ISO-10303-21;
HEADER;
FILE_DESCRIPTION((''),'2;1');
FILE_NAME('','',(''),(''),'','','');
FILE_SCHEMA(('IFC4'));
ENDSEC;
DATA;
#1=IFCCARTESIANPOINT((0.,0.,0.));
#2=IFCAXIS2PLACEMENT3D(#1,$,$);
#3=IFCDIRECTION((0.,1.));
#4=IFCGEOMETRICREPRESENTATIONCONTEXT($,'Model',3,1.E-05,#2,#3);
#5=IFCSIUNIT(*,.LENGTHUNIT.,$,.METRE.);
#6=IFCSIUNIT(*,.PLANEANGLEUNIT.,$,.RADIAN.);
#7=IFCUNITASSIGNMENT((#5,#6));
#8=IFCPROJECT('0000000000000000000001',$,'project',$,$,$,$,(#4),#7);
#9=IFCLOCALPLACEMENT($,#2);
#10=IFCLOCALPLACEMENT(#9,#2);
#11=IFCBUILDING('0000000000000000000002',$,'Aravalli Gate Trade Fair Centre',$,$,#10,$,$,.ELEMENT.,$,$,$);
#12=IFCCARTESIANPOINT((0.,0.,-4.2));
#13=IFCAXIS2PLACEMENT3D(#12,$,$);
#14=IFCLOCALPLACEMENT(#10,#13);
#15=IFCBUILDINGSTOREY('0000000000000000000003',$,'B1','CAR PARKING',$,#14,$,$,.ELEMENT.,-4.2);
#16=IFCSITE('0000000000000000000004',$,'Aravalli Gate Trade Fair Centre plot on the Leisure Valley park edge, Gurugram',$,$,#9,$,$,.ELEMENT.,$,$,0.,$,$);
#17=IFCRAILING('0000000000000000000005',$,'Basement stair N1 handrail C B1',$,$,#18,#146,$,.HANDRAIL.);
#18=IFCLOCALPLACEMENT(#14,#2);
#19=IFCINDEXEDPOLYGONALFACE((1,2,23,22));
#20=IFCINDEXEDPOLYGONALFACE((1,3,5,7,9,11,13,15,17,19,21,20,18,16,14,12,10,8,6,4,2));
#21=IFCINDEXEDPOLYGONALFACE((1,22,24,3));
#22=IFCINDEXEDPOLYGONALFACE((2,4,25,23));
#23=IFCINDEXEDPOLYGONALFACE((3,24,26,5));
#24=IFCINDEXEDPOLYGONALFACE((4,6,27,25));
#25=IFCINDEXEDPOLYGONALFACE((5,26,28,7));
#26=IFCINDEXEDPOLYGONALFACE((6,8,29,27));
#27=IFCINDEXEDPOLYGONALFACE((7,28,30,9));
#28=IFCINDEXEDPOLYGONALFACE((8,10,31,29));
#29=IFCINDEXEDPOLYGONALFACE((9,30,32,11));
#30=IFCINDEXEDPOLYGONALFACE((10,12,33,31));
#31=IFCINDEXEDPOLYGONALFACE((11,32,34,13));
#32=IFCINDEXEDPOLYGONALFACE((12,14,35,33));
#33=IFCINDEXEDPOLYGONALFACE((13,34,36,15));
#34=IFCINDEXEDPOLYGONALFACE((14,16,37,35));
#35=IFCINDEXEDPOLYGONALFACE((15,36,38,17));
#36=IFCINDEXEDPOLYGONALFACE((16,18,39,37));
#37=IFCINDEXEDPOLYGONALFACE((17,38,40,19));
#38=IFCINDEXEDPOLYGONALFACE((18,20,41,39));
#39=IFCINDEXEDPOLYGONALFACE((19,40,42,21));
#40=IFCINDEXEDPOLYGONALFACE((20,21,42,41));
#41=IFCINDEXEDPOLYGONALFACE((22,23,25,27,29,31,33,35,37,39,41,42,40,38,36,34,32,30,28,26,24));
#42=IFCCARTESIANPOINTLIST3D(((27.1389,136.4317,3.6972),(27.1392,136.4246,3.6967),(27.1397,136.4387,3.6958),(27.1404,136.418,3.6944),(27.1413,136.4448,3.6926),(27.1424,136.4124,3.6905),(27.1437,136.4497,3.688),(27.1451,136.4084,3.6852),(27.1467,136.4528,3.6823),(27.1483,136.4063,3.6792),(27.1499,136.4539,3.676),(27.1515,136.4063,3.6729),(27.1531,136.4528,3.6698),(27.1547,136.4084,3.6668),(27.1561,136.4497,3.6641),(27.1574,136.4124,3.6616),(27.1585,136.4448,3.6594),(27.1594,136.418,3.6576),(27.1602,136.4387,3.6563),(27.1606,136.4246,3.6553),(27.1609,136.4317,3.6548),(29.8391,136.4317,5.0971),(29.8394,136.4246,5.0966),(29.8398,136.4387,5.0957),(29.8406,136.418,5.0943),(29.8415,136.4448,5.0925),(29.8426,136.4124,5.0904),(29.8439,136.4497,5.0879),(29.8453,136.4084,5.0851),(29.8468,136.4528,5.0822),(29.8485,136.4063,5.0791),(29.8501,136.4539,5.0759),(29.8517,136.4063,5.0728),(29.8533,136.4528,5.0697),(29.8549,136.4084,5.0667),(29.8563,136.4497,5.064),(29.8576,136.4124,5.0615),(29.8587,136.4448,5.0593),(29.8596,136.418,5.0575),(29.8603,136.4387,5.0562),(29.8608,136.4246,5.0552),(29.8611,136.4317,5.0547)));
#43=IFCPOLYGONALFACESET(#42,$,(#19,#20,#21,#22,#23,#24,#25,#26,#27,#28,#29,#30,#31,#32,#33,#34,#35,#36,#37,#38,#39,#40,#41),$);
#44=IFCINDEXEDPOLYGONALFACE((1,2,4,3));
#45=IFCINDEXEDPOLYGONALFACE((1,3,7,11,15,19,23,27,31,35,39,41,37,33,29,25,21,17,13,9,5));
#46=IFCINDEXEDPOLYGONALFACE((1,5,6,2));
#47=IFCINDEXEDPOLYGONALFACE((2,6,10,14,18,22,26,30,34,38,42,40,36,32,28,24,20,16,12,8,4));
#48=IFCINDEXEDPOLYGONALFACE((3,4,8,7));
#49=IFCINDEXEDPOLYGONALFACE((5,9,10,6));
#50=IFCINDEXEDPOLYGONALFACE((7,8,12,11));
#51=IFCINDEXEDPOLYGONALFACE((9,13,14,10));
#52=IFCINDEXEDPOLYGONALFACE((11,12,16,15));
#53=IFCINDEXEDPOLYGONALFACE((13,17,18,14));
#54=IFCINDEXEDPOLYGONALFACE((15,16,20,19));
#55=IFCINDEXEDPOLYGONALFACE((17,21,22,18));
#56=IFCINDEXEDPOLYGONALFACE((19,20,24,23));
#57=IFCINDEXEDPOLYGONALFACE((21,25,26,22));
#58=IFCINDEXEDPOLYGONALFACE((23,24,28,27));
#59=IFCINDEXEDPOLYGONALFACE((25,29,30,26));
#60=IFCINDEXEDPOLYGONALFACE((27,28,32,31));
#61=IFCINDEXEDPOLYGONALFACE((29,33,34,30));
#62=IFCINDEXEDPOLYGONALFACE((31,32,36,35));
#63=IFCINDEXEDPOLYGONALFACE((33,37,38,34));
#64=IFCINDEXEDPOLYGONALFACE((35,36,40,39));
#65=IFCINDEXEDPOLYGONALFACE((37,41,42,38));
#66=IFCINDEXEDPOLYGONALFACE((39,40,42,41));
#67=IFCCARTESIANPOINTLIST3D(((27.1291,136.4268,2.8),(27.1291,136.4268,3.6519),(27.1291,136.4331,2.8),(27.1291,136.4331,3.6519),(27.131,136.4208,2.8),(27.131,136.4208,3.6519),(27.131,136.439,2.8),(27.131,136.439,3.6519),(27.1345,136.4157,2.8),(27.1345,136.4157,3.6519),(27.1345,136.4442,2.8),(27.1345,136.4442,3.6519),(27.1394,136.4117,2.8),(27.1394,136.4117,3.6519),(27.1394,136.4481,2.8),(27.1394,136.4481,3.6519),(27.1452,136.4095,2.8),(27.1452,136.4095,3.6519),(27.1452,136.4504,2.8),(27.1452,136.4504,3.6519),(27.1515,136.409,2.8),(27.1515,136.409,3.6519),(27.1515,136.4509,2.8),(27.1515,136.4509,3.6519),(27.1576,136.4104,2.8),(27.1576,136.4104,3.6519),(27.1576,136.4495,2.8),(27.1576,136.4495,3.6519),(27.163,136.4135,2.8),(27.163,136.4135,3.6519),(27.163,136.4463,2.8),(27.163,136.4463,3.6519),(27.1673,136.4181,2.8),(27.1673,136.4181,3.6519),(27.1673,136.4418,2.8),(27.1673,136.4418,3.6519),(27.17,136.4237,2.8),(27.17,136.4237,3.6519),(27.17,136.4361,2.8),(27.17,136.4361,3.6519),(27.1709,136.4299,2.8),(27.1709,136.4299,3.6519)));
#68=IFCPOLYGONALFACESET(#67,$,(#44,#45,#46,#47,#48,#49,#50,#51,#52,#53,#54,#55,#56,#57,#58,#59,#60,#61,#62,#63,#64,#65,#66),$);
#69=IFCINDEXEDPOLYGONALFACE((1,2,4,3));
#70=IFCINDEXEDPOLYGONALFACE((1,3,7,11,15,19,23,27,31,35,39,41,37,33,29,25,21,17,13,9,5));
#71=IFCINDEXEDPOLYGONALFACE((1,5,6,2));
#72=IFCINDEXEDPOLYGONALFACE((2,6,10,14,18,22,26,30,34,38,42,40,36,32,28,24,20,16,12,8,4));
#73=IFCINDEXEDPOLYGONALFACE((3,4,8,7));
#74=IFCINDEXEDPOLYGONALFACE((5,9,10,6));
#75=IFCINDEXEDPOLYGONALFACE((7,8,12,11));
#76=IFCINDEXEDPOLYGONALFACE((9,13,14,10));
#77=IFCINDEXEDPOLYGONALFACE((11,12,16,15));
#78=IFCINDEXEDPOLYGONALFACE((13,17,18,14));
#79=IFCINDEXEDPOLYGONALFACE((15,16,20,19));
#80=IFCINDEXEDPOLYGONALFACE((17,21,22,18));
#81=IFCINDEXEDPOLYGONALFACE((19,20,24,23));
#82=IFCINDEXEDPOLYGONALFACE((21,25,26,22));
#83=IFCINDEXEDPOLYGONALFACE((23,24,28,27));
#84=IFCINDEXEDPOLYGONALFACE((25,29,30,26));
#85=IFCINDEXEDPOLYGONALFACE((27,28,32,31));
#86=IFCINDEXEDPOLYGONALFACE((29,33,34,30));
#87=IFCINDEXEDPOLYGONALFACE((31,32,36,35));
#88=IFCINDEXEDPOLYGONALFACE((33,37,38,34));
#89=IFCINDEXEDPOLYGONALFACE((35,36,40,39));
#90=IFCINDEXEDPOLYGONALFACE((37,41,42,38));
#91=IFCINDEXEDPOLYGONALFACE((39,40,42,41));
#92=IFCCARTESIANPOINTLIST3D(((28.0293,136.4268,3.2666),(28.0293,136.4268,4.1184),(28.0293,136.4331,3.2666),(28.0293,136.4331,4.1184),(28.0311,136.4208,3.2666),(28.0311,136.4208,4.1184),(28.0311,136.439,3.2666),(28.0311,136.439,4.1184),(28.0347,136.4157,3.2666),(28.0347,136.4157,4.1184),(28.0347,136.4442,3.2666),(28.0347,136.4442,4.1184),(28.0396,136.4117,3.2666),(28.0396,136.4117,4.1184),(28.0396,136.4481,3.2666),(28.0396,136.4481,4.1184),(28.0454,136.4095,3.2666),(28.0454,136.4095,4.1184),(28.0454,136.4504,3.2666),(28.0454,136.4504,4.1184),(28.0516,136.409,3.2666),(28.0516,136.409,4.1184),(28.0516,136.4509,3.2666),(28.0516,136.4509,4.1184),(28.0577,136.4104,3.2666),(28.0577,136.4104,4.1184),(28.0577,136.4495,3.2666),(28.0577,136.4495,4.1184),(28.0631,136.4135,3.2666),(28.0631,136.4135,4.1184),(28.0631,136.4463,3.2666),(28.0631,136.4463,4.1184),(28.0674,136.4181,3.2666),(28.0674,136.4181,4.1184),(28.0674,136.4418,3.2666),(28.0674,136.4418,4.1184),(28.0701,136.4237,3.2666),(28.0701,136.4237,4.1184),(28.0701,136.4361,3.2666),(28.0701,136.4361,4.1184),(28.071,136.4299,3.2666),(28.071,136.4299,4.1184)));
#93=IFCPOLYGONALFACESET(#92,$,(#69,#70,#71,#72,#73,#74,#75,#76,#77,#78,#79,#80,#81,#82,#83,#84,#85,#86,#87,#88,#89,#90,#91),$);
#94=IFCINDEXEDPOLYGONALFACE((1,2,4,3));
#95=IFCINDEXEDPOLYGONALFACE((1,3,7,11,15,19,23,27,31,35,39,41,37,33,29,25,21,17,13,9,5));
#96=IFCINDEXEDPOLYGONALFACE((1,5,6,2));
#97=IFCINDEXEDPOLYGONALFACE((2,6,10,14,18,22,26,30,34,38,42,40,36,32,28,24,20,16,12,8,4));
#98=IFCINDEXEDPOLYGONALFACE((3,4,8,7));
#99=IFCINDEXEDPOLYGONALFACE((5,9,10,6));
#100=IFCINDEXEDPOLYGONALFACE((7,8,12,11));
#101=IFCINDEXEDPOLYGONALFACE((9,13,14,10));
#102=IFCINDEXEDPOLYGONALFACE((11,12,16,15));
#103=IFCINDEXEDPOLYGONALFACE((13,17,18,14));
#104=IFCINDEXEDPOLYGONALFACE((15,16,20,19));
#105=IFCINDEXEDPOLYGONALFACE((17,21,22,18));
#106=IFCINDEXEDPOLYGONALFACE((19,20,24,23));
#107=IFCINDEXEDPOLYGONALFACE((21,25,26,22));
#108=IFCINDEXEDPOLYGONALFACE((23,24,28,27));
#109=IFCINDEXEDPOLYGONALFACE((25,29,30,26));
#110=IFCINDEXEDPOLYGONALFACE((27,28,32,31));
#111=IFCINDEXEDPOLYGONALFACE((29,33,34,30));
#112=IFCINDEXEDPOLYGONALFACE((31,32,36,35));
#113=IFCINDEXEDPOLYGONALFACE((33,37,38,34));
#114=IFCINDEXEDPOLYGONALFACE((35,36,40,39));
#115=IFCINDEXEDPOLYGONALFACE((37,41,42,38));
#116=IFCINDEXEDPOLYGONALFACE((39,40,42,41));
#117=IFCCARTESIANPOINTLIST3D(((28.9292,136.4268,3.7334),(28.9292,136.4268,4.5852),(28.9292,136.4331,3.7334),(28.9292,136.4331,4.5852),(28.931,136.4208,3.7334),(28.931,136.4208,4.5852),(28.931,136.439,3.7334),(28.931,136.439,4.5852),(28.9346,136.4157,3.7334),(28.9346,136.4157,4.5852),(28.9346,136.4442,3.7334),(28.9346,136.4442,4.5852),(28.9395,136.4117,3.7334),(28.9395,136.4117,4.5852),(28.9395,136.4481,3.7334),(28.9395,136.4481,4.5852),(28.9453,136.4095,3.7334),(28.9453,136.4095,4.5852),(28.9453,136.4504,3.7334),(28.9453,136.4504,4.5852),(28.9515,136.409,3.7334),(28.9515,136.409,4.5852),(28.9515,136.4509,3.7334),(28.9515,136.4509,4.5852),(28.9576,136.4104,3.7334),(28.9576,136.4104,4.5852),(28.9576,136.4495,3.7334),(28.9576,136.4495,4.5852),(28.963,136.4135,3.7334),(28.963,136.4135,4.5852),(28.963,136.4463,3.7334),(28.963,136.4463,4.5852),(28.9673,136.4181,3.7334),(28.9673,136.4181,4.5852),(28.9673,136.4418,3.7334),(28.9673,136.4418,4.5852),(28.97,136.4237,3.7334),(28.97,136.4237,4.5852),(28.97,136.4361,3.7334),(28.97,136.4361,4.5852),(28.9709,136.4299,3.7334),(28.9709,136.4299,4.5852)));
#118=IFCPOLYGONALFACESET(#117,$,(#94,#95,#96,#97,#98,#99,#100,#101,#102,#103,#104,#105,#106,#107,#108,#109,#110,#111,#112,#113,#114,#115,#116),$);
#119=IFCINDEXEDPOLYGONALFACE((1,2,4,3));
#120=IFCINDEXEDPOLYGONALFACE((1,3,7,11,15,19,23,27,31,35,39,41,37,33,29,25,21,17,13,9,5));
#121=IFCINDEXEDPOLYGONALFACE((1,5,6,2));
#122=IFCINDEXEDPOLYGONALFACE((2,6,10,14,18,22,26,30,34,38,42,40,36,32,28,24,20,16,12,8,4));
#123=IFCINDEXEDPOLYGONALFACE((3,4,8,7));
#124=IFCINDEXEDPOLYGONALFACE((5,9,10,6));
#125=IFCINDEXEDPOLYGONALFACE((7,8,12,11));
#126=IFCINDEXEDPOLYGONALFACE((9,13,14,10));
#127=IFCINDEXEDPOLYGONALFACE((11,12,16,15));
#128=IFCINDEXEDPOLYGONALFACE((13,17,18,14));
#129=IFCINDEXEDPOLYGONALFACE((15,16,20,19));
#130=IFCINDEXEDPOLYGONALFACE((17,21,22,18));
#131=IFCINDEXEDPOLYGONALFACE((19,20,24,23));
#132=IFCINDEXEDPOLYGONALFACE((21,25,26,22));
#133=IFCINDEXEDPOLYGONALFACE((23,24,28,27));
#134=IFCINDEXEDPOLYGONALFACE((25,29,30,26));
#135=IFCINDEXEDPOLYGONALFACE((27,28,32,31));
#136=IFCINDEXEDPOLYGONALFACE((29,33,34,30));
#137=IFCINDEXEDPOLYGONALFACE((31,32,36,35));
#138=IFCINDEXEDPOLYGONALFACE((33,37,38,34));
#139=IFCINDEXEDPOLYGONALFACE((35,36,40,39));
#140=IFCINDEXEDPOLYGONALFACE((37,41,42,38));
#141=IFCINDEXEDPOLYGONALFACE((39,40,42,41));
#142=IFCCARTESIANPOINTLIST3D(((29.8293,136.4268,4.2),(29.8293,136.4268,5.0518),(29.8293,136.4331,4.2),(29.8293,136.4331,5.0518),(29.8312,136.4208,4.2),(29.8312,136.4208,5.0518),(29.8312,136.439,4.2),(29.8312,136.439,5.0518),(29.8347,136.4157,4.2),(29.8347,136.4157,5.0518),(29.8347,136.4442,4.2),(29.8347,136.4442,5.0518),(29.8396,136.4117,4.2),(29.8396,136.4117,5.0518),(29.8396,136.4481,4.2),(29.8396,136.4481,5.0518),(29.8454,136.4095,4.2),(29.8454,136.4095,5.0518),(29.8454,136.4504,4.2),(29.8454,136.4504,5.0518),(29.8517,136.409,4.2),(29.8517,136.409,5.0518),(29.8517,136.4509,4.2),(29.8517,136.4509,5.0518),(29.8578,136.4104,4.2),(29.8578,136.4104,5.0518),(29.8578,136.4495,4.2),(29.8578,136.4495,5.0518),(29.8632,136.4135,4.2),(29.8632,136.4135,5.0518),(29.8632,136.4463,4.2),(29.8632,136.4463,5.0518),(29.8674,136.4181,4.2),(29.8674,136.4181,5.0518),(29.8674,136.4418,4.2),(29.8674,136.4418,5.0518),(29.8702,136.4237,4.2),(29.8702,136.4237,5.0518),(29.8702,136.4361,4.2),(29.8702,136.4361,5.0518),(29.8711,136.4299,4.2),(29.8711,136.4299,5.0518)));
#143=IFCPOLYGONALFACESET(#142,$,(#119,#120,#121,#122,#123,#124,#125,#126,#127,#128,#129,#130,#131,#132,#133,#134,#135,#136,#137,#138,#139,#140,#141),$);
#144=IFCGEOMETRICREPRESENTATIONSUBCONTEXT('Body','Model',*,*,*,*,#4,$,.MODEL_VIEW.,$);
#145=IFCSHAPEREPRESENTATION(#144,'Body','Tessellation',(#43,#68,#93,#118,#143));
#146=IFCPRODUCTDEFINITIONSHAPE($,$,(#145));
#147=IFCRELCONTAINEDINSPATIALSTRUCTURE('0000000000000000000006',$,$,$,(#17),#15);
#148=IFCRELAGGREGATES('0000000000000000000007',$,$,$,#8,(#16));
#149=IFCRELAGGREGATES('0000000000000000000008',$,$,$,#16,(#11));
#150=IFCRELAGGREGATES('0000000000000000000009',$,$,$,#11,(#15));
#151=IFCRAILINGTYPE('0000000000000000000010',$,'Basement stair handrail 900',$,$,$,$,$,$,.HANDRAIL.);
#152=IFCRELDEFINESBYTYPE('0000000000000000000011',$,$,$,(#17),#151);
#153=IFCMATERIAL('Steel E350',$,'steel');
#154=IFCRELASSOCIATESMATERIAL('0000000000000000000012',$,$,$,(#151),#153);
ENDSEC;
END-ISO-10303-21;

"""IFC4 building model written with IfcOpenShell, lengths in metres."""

from ifc_helpers import new_model, si_unit, direction, frame, origin, origin_2d, place, context, subcontext, project, spatial, circle, extrude, material, type_object, element, save


model = new_model("IFC4")

# Units and contexts
model_context = context("Model", 3, precision=1e-05, world=origin(), true_north=direction((0.0, 1.0)))
body_context = subcontext(model_context, "Body", "Model", "MODEL_VIEW")
ifc_project = project(units=[si_unit("LENGTHUNIT", "METRE"), si_unit("PLANEANGLEUNIT", "RADIAN")], contexts=[model_context])

# Site, building, storey
site_placement = place(None, origin())
site = spatial("IfcSite", under=ifc_project, at=site_placement, Name="Aravalli Gate Trade Fair Centre plot on the Leisure Valley park edge, Gurugram", CompositionType="ELEMENT", RefElevation=0.0)
building_placement = place(site_placement, origin())
building = spatial("IfcBuilding", under=site, at=building_placement, Name="Aravalli Gate Trade Fair Centre", CompositionType="ELEMENT")
storey_placement = place(building_placement, frame((0.0, 0.0, -4.2)))
storey = spatial("IfcBuildingStorey", under=building, at=storey_placement, Name="B1", Description="CAR PARKING", CompositionType="ELEMENT", Elevation=-4.2)

# Railing
ifc_material_1 = material(Name="Steel E350", Category="steel")
railing_type_1 = type_object("IfcRailingType", Name="Basement stair handrail 900", PredefinedType="HANDRAIL", material=ifc_material_1)
for number, where, name in (
    (1, (27.1499, 136.4299, 2.8), "Basement stair N1 handrail C B1"),
):
    element("IfcRailing", number, at=place(storey_placement, frame(where)), inside=storey, type_object=railing_type_1, Name=name, PredefinedType="HANDRAIL", context=body_context, shape_type="SweptSolid", body=[
        extrude(circle(Radius=0.0239, at=origin_2d()), frame((0.0, 0.0, 0.876), z_axis=(0.887781, 0.0, 0.460266), x_axis=(0.0, 1.0, 0.0)), (0.0, 0.0, 1.0), 3.0415),
        extrude(circle(Radius=0.021, at=origin_2d()), origin(), (0.0, 0.0, 1.0), 0.8518),
        extrude(circle(Radius=0.021, at=origin_2d()), frame((0.9001, 0.0, 0.4666)), (0.0, 0.0, 1.0), 0.8518),
        extrude(circle(Radius=0.021, at=origin_2d()), frame((1.8, 0.0, 0.9333)), (0.0, 0.0, 1.0), 0.8518),
        extrude(circle(Radius=0.021, at=origin_2d()), frame((2.7002, 0.0, 1.3999)), (0.0, 0.0, 1.0), 0.8518),
    ])

save(model, "model.ifc")
